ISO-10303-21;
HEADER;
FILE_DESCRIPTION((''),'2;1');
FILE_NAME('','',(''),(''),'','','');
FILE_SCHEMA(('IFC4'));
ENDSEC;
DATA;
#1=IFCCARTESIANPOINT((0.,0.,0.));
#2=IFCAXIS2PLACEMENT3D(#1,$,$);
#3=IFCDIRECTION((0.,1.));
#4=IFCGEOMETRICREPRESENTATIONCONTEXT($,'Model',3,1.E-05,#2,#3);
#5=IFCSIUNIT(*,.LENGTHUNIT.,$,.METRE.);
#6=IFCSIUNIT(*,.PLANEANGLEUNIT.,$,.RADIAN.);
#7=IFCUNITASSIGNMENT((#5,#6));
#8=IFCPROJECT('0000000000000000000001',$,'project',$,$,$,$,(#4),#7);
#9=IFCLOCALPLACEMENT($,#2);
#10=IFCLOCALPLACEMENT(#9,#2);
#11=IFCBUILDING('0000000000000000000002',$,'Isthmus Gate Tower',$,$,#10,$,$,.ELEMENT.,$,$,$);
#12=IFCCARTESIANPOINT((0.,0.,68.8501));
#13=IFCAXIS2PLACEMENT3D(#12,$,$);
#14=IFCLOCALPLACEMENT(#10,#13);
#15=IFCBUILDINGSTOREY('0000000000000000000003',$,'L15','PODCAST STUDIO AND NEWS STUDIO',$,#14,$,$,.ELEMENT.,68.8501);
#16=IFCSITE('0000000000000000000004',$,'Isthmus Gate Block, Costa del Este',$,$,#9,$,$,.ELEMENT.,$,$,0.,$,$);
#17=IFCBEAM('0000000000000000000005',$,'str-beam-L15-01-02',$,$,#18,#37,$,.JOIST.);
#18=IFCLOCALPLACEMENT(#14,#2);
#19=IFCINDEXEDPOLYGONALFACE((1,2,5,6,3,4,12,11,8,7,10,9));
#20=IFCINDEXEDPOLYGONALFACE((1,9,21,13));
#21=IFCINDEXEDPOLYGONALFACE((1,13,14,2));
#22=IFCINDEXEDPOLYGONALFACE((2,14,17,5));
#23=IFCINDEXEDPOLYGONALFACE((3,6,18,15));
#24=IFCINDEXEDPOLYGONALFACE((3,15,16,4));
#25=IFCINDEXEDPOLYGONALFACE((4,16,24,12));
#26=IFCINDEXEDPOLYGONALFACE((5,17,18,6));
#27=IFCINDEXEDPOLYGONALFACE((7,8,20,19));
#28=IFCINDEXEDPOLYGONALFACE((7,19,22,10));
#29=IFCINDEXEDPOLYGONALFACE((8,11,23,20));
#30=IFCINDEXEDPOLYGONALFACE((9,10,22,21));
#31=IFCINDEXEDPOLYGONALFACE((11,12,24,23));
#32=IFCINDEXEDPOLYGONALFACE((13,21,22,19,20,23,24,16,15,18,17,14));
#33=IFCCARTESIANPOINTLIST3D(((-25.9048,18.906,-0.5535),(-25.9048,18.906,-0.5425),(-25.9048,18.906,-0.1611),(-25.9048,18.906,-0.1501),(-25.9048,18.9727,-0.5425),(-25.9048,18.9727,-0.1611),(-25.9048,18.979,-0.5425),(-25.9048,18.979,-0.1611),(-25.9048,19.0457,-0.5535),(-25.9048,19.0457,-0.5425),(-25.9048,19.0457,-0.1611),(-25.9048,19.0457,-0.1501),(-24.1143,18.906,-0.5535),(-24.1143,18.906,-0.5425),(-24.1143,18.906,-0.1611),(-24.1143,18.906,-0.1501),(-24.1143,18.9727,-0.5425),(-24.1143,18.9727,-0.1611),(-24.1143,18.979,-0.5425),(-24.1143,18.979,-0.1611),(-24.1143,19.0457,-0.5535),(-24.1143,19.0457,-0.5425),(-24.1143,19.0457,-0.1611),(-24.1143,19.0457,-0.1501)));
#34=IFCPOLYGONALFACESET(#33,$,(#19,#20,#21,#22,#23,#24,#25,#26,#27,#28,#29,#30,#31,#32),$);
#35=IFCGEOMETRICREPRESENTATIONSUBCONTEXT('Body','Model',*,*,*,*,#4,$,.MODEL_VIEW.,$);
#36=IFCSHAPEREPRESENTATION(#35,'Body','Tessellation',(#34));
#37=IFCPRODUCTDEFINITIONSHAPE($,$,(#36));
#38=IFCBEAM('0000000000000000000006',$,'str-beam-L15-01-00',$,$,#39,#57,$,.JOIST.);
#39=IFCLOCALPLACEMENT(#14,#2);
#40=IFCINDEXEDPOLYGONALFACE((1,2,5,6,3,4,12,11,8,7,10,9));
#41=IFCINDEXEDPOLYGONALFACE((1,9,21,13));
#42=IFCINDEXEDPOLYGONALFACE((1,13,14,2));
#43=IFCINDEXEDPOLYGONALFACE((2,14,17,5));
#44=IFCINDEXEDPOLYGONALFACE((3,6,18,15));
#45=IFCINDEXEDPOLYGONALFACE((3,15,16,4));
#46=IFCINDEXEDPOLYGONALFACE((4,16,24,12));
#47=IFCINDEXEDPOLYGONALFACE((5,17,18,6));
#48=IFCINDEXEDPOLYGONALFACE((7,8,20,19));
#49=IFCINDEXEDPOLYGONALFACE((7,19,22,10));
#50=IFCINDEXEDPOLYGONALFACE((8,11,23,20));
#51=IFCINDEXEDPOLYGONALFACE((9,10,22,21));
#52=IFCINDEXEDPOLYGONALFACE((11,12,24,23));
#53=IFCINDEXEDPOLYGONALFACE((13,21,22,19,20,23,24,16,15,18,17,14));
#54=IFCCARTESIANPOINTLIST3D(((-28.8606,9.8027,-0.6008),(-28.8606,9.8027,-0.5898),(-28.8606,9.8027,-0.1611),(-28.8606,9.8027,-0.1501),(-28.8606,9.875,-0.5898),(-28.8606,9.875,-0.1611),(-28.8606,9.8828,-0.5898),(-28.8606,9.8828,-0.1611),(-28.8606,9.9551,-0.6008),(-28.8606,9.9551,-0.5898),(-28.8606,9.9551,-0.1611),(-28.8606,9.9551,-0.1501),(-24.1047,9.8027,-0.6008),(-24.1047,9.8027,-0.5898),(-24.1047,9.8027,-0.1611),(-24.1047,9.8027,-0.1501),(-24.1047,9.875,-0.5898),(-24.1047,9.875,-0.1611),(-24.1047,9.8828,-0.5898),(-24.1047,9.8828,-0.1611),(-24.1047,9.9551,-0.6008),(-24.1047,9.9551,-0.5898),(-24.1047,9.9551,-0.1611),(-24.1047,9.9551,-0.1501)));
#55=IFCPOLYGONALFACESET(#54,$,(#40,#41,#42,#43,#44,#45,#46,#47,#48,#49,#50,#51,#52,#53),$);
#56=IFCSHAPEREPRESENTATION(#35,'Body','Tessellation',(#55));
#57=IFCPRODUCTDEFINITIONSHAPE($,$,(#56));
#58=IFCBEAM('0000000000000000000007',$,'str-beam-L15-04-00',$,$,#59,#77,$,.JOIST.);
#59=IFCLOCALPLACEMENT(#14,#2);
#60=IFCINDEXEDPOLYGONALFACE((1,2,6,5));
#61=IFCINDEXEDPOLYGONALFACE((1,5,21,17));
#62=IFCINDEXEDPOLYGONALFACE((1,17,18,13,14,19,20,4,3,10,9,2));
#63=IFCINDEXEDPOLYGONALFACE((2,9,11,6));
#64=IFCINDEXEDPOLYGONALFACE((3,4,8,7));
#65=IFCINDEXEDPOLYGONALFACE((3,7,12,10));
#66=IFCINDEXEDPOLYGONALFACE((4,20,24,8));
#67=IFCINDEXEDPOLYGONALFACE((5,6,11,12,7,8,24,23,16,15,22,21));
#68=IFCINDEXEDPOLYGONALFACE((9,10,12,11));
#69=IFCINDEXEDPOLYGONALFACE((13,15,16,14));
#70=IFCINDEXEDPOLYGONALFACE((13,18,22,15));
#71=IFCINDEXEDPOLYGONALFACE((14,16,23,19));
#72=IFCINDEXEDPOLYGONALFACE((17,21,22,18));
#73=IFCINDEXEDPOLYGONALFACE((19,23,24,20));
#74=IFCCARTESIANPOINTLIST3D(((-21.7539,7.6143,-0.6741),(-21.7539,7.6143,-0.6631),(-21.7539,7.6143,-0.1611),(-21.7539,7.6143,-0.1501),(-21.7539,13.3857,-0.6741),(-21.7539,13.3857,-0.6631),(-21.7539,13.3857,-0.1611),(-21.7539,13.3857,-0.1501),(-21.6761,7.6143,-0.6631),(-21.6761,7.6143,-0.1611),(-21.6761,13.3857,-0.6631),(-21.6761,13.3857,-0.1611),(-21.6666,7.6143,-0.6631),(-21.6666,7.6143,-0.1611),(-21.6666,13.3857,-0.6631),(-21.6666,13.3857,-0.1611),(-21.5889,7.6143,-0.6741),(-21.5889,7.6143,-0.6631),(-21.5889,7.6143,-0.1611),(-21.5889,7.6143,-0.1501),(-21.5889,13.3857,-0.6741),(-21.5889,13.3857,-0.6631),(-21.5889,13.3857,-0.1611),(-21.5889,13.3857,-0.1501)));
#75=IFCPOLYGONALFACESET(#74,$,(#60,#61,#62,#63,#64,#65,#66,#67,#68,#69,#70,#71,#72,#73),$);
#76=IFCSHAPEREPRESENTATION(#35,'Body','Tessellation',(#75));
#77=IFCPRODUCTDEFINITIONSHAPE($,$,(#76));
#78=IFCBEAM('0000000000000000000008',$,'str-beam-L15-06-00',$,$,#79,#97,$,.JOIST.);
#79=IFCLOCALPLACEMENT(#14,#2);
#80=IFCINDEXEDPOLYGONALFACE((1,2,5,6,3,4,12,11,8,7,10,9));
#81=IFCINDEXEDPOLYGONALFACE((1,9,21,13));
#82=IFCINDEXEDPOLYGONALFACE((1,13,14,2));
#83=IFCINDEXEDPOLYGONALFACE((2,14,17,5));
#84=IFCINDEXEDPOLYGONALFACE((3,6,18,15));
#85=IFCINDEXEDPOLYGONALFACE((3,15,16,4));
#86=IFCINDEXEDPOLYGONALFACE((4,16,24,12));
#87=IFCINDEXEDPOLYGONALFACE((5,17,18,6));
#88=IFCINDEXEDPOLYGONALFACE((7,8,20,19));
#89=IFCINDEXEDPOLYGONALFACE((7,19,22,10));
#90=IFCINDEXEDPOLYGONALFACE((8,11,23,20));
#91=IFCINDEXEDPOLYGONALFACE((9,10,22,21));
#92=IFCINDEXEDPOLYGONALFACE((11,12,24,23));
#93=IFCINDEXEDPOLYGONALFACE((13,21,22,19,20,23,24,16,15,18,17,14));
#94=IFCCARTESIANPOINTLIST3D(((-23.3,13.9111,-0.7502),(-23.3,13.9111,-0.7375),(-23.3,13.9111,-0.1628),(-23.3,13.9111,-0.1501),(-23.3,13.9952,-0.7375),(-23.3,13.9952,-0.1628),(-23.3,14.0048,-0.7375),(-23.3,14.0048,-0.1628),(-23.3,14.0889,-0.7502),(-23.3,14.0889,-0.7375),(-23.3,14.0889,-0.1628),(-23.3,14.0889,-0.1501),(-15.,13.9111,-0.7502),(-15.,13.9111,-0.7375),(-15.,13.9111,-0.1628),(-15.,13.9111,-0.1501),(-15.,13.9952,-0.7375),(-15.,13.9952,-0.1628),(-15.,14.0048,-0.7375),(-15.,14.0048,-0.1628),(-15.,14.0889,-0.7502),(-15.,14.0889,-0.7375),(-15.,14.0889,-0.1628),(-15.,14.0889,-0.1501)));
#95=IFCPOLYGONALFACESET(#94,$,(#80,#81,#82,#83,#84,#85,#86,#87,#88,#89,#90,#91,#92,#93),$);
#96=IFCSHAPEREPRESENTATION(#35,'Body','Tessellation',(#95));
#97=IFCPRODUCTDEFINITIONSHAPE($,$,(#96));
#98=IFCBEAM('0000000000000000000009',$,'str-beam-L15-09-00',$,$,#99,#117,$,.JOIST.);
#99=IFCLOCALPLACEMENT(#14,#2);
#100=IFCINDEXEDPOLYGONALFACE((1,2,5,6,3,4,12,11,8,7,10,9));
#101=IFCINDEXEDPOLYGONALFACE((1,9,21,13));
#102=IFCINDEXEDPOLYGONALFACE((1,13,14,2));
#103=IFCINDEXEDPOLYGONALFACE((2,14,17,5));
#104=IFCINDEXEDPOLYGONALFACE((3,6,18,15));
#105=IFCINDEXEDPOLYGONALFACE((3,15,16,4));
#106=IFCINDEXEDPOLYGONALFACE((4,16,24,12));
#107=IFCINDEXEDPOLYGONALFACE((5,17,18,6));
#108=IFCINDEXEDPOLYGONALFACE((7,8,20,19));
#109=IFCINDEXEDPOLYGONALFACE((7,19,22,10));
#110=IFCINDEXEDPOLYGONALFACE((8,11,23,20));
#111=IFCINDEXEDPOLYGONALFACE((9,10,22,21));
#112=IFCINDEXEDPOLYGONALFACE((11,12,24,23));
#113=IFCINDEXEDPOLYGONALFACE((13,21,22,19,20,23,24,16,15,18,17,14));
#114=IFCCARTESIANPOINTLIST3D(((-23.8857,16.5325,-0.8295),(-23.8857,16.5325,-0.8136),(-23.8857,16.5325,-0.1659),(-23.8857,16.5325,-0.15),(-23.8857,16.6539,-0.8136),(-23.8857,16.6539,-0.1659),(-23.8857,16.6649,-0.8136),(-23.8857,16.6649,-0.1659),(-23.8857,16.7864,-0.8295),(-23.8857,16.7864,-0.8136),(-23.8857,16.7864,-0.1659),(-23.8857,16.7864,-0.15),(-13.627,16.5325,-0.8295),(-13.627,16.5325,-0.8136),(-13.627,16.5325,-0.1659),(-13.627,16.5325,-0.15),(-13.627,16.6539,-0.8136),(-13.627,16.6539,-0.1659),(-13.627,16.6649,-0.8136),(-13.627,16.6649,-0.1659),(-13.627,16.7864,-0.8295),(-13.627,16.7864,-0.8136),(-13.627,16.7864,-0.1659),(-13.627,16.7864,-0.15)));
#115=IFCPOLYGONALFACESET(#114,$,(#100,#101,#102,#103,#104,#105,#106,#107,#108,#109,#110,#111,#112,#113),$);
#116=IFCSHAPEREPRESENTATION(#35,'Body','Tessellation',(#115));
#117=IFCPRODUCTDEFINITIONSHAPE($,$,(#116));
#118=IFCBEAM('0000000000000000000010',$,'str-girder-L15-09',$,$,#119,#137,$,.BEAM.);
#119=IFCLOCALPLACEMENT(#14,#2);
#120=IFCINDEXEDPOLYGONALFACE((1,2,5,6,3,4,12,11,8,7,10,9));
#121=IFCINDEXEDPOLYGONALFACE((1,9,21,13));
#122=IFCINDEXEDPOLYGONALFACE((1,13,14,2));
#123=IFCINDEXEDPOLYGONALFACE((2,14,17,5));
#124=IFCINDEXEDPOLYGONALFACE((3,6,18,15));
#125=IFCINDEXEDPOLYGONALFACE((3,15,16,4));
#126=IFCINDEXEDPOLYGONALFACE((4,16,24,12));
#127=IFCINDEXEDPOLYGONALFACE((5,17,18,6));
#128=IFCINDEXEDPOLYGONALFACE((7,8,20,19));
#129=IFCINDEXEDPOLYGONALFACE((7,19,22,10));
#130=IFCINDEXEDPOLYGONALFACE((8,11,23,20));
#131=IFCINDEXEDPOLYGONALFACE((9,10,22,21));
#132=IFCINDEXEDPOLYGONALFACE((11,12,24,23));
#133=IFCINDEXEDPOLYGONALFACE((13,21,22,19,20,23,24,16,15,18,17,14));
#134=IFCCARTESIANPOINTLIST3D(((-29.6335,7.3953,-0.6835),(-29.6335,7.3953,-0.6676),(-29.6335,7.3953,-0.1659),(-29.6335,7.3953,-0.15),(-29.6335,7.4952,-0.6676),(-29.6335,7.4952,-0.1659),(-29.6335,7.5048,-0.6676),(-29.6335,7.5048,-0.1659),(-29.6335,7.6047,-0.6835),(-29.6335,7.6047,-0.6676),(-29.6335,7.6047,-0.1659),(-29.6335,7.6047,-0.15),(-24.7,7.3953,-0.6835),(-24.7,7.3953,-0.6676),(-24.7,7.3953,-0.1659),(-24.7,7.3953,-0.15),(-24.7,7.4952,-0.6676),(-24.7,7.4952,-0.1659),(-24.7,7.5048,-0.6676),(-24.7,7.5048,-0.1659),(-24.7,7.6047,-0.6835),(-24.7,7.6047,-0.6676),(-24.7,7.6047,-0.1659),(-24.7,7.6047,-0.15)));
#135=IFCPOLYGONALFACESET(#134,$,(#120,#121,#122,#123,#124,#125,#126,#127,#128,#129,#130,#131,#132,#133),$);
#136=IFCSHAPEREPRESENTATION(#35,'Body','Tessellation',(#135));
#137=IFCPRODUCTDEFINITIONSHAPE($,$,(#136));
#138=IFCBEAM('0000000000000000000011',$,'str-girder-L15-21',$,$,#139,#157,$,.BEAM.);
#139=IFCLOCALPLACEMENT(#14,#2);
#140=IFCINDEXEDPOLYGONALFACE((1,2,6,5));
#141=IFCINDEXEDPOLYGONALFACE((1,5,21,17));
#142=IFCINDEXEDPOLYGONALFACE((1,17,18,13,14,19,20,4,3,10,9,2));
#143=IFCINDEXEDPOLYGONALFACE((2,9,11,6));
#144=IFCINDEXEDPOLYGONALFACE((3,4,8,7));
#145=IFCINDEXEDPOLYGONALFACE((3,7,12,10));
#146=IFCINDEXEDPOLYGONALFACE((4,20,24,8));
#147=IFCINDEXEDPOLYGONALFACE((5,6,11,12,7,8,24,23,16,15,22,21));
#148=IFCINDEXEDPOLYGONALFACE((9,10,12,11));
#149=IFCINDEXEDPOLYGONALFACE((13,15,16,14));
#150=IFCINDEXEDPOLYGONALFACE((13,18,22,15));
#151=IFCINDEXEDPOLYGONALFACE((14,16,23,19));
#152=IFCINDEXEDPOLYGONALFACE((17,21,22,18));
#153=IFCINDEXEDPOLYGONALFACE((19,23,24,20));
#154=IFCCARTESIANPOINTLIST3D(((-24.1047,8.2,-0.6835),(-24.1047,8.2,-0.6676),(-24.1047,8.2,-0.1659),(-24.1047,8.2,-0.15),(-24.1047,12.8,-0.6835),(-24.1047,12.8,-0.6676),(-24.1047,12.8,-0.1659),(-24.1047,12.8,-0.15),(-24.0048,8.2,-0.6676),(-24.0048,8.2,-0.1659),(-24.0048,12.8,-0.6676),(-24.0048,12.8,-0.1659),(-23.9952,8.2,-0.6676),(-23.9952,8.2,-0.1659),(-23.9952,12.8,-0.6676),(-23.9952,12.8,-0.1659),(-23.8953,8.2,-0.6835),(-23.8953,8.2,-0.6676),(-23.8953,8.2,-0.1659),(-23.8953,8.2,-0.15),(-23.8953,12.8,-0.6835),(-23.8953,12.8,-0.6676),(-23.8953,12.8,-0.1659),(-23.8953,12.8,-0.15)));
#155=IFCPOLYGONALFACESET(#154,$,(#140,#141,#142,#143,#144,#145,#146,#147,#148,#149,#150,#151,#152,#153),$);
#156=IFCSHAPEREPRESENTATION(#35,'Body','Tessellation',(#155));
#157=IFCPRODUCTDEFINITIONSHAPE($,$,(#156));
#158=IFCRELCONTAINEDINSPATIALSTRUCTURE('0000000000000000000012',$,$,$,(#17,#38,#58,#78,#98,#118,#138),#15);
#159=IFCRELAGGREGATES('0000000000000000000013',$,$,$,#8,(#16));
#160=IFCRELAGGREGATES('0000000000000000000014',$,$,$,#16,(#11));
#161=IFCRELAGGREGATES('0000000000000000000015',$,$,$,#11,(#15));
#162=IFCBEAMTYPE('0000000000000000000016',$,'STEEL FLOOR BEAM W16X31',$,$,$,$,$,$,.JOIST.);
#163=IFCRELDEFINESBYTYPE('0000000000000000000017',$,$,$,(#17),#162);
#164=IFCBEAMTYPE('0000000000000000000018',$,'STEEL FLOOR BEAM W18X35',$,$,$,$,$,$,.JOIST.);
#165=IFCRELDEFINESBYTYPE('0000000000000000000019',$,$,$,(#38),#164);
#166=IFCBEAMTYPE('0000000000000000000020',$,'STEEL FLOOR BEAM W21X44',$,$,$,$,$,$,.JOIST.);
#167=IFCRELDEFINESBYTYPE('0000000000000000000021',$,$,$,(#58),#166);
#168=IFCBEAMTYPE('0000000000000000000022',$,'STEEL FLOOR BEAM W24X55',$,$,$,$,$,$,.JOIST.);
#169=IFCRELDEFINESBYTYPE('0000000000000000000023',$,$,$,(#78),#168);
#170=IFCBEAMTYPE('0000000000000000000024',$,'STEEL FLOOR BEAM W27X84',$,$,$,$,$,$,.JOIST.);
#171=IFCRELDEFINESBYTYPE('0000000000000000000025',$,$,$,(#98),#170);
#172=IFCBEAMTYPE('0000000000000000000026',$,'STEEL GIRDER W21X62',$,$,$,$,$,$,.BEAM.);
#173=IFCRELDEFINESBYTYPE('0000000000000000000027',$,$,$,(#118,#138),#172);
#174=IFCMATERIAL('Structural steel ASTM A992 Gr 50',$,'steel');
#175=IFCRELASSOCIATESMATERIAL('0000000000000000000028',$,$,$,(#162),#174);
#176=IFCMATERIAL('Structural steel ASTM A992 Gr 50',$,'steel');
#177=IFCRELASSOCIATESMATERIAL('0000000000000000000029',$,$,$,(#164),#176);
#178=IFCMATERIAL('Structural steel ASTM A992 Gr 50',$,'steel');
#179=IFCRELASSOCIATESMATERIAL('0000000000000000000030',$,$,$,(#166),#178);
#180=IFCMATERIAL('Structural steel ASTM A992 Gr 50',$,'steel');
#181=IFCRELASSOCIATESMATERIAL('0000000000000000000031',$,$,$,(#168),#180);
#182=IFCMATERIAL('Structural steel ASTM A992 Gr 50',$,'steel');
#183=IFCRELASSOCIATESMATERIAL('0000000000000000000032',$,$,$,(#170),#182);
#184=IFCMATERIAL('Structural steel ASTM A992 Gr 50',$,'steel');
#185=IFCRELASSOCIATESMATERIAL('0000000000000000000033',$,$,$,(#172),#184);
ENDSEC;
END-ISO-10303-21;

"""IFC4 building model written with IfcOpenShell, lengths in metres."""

from ifc_helpers import new_model, si_unit, direction, frame, origin, origin_2d, place, context, subcontext, project, spatial, i_section, extrude, material, material_profile, profile_set, type_object, element, save


model = new_model("IFC4")

# Units and contexts
model_context = context("Model", 3, precision=1e-05, world=origin(), true_north=direction((0.0, 1.0)))
body_context = subcontext(model_context, "Body", "Model", "MODEL_VIEW")
ifc_project = project(units=[si_unit("LENGTHUNIT", "METRE"), si_unit("PLANEANGLEUNIT", "RADIAN")], contexts=[model_context])

# Site, building, storey
site_placement = place(None, origin())
site = spatial("IfcSite", under=ifc_project, at=site_placement, Name="Isthmus Gate Block, Costa del Este", CompositionType="ELEMENT", RefElevation=0.0)
building_placement = place(site_placement, origin())
building = spatial("IfcBuilding", under=site, at=building_placement, Name="Isthmus Gate Tower", CompositionType="ELEMENT")
storey_placement = place(building_placement, frame((0.0, 0.0, 68.8501)))
storey = spatial("IfcBuildingStorey", under=building, at=storey_placement, Name="L15", Description="PODCAST STUDIO AND NEWS STUDIO", CompositionType="ELEMENT", Elevation=68.8501)

# Beams
ifc_material_1 = material(Name="Structural steel ASTM A992 Gr 50", Category="steel")
ifc_material_profile_1 = material_profile(ifc_material_1, i_section(OverallWidth=0.1396, OverallDepth=0.4033, WebThickness=0.0063, FlangeThickness=0.011, at=origin_2d()), Name="W16X31")
ifc_profile_set_1 = profile_set([ifc_material_profile_1], Name="Structural steel ASTM A992 Gr 50")
beam_type_1 = type_object("IfcBeamType", Name="STEEL FLOOR BEAM W16X31", PredefinedType="JOIST", material=ifc_profile_set_1)
beam_1_placement = place(storey_placement, frame((-25.9048, 18.9758, -0.3518), z_axis=(1.0, 0.0, 0.0), x_axis=(0.0, 1.0, 0.0)))
element("IfcBeam", 1, at=beam_1_placement, inside=storey, type_object=beam_type_1, Name="str-beam-L15-01-02", PredefinedType="JOIST", context=body_context, shape_type="SweptSolid", body=[
    extrude(i_section(OverallWidth=0.1396, OverallDepth=0.4033, WebThickness=0.0063, FlangeThickness=0.011, at=origin_2d()), origin(), (0.0, 0.0, 1.0), 1.7905),
])
ifc_material_2 = material(Name="Structural steel ASTM A992 Gr 50", Category="steel")
ifc_material_profile_2 = material_profile(ifc_material_2, i_section(OverallWidth=0.1523, OverallDepth=0.4507, WebThickness=0.0078, FlangeThickness=0.011, at=origin_2d()), Name="W18X35")
ifc_profile_set_2 = profile_set([ifc_material_profile_2], Name="Structural steel ASTM A992 Gr 50")
beam_type_2 = type_object("IfcBeamType", Name="STEEL FLOOR BEAM W18X35", PredefinedType="JOIST", material=ifc_profile_set_2)
beam_2_placement = place(storey_placement, frame((-28.8606, 9.8789, -0.3755), z_axis=(1.0, 0.0, 0.0), x_axis=(0.0, 1.0, 0.0)))
element("IfcBeam", 2, at=beam_2_placement, inside=storey, type_object=beam_type_2, Name="str-beam-L15-01-00", PredefinedType="JOIST", context=body_context, shape_type="SweptSolid", body=[
    extrude(i_section(OverallWidth=0.1523, OverallDepth=0.4507, WebThickness=0.0078, FlangeThickness=0.011, at=origin_2d()), origin(), (0.0, 0.0, 1.0), 4.7559),
])
ifc_material_3 = material(Name="Structural steel ASTM A992 Gr 50", Category="steel")
ifc_material_profile_3 = material_profile(ifc_material_3, i_section(OverallWidth=0.165, OverallDepth=0.5239, WebThickness=0.0095, FlangeThickness=0.011, at=origin_2d()), Name="W21X44")
ifc_profile_set_3 = profile_set([ifc_material_profile_3], Name="Structural steel ASTM A992 Gr 50")
beam_type_3 = type_object("IfcBeamType", Name="STEEL FLOOR BEAM W21X44", PredefinedType="JOIST", material=ifc_profile_set_3)
beam_3_placement = place(storey_placement, frame((-21.6714, 7.6143, -0.4121), z_axis=(0.0, 1.0, 0.0), x_axis=(-1.0, 0.0, 0.0)))
element("IfcBeam", 3, at=beam_3_placement, inside=storey, type_object=beam_type_3, Name="str-beam-L15-04-00", PredefinedType="JOIST", context=body_context, shape_type="SweptSolid", body=[
    extrude(i_section(OverallWidth=0.165, OverallDepth=0.5239, WebThickness=0.0095, FlangeThickness=0.011, at=origin_2d()), origin(), (0.0, 0.0, 1.0), 5.7715),
])
ifc_material_4 = material(Name="Structural steel ASTM A992 Gr 50", Category="steel")
ifc_material_profile_4 = material_profile(ifc_material_4, i_section(OverallWidth=0.1777, OverallDepth=0.6001, WebThickness=0.0095, FlangeThickness=0.0127, at=origin_2d()), Name="W24X55")
ifc_profile_set_4 = profile_set([ifc_material_profile_4], Name="Structural steel ASTM A992 Gr 50")
beam_type_4 = type_object("IfcBeamType", Name="STEEL FLOOR BEAM W24X55", PredefinedType="JOIST", material=ifc_profile_set_4)
beam_4_placement = place(storey_placement, frame((-23.3, 14.0, -0.4502), z_axis=(1.0, 0.0, 0.0), x_axis=(0.0, 1.0, 0.0)))
element("IfcBeam", 4, at=beam_4_placement, inside=storey, type_object=beam_type_4, Name="str-beam-L15-06-00", PredefinedType="JOIST", context=body_context, shape_type="SweptSolid", body=[
    extrude(i_section(OverallWidth=0.1777, OverallDepth=0.6001, WebThickness=0.0095, FlangeThickness=0.0127, at=origin_2d()), origin(), (0.0, 0.0, 1.0), 8.3),
])
ifc_material_5 = material(Name="Structural steel ASTM A992 Gr 50", Category="steel")
ifc_material_profile_5 = material_profile(ifc_material_5, i_section(OverallWidth=0.2539, OverallDepth=0.6794, WebThickness=0.011, FlangeThickness=0.0159, at=origin_2d()), Name="W27X84")
ifc_profile_set_5 = profile_set([ifc_material_profile_5], Name="Structural steel ASTM A992 Gr 50")
beam_type_5 = type_object("IfcBeamType", Name="STEEL FLOOR BEAM W27X84", PredefinedType="JOIST", material=ifc_profile_set_5)
beam_5_placement = place(storey_placement, frame((-23.8857, 16.6594, -0.4897), z_axis=(1.0, 0.0, 0.0), x_axis=(0.0, 1.0, 0.0)))
element("IfcBeam", 5, at=beam_5_placement, inside=storey, type_object=beam_type_5, Name="str-beam-L15-09-00", PredefinedType="JOIST", context=body_context, shape_type="SweptSolid", body=[
    extrude(i_section(OverallWidth=0.2539, OverallDepth=0.6794, WebThickness=0.011, FlangeThickness=0.0159, at=origin_2d()), origin(), (0.0, 0.0, 1.0), 10.2588),
])
ifc_material_6 = material(Name="Structural steel ASTM A992 Gr 50", Category="steel")
ifc_material_profile_6 = material_profile(ifc_material_6, i_section(OverallWidth=0.2095, OverallDepth=0.5334, WebThickness=0.0095, FlangeThickness=0.0159, at=origin_2d()), Name="W21X62")
ifc_profile_set_6 = profile_set([ifc_material_profile_6], Name="Structural steel ASTM A992 Gr 50")
beam_type_6 = type_object("IfcBeamType", Name="STEEL GIRDER W21X62", PredefinedType="BEAM", material=ifc_profile_set_6)
beam_6_placement = place(storey_placement, frame((-29.6335, 7.5, -0.4167), z_axis=(1.0, 0.0, 0.0), x_axis=(0.0, 1.0, 0.0)))
element("IfcBeam", 6, at=beam_6_placement, inside=storey, type_object=beam_type_6, Name="str-girder-L15-09", PredefinedType="BEAM", context=body_context, shape_type="SweptSolid", body=[
    extrude(i_section(OverallWidth=0.2095, OverallDepth=0.5334, WebThickness=0.0095, FlangeThickness=0.0159, at=origin_2d()), origin(), (0.0, 0.0, 1.0), 4.9336),
])
beam_7_placement = place(storey_placement, frame((-24.0, 8.2, -0.4167), z_axis=(0.0, 1.0, 0.0), x_axis=(-1.0, 0.0, 0.0)))
element("IfcBeam", 7, at=beam_7_placement, inside=storey, type_object=beam_type_6, Name="str-girder-L15-21", PredefinedType="BEAM", context=body_context, shape_type="SweptSolid", body=[
    extrude(i_section(OverallWidth=0.2095, OverallDepth=0.5334, WebThickness=0.0095, FlangeThickness=0.0159, at=origin_2d()), origin(), (0.0, 0.0, 1.0), 4.6001),
])

save(model, "model.ifc")
